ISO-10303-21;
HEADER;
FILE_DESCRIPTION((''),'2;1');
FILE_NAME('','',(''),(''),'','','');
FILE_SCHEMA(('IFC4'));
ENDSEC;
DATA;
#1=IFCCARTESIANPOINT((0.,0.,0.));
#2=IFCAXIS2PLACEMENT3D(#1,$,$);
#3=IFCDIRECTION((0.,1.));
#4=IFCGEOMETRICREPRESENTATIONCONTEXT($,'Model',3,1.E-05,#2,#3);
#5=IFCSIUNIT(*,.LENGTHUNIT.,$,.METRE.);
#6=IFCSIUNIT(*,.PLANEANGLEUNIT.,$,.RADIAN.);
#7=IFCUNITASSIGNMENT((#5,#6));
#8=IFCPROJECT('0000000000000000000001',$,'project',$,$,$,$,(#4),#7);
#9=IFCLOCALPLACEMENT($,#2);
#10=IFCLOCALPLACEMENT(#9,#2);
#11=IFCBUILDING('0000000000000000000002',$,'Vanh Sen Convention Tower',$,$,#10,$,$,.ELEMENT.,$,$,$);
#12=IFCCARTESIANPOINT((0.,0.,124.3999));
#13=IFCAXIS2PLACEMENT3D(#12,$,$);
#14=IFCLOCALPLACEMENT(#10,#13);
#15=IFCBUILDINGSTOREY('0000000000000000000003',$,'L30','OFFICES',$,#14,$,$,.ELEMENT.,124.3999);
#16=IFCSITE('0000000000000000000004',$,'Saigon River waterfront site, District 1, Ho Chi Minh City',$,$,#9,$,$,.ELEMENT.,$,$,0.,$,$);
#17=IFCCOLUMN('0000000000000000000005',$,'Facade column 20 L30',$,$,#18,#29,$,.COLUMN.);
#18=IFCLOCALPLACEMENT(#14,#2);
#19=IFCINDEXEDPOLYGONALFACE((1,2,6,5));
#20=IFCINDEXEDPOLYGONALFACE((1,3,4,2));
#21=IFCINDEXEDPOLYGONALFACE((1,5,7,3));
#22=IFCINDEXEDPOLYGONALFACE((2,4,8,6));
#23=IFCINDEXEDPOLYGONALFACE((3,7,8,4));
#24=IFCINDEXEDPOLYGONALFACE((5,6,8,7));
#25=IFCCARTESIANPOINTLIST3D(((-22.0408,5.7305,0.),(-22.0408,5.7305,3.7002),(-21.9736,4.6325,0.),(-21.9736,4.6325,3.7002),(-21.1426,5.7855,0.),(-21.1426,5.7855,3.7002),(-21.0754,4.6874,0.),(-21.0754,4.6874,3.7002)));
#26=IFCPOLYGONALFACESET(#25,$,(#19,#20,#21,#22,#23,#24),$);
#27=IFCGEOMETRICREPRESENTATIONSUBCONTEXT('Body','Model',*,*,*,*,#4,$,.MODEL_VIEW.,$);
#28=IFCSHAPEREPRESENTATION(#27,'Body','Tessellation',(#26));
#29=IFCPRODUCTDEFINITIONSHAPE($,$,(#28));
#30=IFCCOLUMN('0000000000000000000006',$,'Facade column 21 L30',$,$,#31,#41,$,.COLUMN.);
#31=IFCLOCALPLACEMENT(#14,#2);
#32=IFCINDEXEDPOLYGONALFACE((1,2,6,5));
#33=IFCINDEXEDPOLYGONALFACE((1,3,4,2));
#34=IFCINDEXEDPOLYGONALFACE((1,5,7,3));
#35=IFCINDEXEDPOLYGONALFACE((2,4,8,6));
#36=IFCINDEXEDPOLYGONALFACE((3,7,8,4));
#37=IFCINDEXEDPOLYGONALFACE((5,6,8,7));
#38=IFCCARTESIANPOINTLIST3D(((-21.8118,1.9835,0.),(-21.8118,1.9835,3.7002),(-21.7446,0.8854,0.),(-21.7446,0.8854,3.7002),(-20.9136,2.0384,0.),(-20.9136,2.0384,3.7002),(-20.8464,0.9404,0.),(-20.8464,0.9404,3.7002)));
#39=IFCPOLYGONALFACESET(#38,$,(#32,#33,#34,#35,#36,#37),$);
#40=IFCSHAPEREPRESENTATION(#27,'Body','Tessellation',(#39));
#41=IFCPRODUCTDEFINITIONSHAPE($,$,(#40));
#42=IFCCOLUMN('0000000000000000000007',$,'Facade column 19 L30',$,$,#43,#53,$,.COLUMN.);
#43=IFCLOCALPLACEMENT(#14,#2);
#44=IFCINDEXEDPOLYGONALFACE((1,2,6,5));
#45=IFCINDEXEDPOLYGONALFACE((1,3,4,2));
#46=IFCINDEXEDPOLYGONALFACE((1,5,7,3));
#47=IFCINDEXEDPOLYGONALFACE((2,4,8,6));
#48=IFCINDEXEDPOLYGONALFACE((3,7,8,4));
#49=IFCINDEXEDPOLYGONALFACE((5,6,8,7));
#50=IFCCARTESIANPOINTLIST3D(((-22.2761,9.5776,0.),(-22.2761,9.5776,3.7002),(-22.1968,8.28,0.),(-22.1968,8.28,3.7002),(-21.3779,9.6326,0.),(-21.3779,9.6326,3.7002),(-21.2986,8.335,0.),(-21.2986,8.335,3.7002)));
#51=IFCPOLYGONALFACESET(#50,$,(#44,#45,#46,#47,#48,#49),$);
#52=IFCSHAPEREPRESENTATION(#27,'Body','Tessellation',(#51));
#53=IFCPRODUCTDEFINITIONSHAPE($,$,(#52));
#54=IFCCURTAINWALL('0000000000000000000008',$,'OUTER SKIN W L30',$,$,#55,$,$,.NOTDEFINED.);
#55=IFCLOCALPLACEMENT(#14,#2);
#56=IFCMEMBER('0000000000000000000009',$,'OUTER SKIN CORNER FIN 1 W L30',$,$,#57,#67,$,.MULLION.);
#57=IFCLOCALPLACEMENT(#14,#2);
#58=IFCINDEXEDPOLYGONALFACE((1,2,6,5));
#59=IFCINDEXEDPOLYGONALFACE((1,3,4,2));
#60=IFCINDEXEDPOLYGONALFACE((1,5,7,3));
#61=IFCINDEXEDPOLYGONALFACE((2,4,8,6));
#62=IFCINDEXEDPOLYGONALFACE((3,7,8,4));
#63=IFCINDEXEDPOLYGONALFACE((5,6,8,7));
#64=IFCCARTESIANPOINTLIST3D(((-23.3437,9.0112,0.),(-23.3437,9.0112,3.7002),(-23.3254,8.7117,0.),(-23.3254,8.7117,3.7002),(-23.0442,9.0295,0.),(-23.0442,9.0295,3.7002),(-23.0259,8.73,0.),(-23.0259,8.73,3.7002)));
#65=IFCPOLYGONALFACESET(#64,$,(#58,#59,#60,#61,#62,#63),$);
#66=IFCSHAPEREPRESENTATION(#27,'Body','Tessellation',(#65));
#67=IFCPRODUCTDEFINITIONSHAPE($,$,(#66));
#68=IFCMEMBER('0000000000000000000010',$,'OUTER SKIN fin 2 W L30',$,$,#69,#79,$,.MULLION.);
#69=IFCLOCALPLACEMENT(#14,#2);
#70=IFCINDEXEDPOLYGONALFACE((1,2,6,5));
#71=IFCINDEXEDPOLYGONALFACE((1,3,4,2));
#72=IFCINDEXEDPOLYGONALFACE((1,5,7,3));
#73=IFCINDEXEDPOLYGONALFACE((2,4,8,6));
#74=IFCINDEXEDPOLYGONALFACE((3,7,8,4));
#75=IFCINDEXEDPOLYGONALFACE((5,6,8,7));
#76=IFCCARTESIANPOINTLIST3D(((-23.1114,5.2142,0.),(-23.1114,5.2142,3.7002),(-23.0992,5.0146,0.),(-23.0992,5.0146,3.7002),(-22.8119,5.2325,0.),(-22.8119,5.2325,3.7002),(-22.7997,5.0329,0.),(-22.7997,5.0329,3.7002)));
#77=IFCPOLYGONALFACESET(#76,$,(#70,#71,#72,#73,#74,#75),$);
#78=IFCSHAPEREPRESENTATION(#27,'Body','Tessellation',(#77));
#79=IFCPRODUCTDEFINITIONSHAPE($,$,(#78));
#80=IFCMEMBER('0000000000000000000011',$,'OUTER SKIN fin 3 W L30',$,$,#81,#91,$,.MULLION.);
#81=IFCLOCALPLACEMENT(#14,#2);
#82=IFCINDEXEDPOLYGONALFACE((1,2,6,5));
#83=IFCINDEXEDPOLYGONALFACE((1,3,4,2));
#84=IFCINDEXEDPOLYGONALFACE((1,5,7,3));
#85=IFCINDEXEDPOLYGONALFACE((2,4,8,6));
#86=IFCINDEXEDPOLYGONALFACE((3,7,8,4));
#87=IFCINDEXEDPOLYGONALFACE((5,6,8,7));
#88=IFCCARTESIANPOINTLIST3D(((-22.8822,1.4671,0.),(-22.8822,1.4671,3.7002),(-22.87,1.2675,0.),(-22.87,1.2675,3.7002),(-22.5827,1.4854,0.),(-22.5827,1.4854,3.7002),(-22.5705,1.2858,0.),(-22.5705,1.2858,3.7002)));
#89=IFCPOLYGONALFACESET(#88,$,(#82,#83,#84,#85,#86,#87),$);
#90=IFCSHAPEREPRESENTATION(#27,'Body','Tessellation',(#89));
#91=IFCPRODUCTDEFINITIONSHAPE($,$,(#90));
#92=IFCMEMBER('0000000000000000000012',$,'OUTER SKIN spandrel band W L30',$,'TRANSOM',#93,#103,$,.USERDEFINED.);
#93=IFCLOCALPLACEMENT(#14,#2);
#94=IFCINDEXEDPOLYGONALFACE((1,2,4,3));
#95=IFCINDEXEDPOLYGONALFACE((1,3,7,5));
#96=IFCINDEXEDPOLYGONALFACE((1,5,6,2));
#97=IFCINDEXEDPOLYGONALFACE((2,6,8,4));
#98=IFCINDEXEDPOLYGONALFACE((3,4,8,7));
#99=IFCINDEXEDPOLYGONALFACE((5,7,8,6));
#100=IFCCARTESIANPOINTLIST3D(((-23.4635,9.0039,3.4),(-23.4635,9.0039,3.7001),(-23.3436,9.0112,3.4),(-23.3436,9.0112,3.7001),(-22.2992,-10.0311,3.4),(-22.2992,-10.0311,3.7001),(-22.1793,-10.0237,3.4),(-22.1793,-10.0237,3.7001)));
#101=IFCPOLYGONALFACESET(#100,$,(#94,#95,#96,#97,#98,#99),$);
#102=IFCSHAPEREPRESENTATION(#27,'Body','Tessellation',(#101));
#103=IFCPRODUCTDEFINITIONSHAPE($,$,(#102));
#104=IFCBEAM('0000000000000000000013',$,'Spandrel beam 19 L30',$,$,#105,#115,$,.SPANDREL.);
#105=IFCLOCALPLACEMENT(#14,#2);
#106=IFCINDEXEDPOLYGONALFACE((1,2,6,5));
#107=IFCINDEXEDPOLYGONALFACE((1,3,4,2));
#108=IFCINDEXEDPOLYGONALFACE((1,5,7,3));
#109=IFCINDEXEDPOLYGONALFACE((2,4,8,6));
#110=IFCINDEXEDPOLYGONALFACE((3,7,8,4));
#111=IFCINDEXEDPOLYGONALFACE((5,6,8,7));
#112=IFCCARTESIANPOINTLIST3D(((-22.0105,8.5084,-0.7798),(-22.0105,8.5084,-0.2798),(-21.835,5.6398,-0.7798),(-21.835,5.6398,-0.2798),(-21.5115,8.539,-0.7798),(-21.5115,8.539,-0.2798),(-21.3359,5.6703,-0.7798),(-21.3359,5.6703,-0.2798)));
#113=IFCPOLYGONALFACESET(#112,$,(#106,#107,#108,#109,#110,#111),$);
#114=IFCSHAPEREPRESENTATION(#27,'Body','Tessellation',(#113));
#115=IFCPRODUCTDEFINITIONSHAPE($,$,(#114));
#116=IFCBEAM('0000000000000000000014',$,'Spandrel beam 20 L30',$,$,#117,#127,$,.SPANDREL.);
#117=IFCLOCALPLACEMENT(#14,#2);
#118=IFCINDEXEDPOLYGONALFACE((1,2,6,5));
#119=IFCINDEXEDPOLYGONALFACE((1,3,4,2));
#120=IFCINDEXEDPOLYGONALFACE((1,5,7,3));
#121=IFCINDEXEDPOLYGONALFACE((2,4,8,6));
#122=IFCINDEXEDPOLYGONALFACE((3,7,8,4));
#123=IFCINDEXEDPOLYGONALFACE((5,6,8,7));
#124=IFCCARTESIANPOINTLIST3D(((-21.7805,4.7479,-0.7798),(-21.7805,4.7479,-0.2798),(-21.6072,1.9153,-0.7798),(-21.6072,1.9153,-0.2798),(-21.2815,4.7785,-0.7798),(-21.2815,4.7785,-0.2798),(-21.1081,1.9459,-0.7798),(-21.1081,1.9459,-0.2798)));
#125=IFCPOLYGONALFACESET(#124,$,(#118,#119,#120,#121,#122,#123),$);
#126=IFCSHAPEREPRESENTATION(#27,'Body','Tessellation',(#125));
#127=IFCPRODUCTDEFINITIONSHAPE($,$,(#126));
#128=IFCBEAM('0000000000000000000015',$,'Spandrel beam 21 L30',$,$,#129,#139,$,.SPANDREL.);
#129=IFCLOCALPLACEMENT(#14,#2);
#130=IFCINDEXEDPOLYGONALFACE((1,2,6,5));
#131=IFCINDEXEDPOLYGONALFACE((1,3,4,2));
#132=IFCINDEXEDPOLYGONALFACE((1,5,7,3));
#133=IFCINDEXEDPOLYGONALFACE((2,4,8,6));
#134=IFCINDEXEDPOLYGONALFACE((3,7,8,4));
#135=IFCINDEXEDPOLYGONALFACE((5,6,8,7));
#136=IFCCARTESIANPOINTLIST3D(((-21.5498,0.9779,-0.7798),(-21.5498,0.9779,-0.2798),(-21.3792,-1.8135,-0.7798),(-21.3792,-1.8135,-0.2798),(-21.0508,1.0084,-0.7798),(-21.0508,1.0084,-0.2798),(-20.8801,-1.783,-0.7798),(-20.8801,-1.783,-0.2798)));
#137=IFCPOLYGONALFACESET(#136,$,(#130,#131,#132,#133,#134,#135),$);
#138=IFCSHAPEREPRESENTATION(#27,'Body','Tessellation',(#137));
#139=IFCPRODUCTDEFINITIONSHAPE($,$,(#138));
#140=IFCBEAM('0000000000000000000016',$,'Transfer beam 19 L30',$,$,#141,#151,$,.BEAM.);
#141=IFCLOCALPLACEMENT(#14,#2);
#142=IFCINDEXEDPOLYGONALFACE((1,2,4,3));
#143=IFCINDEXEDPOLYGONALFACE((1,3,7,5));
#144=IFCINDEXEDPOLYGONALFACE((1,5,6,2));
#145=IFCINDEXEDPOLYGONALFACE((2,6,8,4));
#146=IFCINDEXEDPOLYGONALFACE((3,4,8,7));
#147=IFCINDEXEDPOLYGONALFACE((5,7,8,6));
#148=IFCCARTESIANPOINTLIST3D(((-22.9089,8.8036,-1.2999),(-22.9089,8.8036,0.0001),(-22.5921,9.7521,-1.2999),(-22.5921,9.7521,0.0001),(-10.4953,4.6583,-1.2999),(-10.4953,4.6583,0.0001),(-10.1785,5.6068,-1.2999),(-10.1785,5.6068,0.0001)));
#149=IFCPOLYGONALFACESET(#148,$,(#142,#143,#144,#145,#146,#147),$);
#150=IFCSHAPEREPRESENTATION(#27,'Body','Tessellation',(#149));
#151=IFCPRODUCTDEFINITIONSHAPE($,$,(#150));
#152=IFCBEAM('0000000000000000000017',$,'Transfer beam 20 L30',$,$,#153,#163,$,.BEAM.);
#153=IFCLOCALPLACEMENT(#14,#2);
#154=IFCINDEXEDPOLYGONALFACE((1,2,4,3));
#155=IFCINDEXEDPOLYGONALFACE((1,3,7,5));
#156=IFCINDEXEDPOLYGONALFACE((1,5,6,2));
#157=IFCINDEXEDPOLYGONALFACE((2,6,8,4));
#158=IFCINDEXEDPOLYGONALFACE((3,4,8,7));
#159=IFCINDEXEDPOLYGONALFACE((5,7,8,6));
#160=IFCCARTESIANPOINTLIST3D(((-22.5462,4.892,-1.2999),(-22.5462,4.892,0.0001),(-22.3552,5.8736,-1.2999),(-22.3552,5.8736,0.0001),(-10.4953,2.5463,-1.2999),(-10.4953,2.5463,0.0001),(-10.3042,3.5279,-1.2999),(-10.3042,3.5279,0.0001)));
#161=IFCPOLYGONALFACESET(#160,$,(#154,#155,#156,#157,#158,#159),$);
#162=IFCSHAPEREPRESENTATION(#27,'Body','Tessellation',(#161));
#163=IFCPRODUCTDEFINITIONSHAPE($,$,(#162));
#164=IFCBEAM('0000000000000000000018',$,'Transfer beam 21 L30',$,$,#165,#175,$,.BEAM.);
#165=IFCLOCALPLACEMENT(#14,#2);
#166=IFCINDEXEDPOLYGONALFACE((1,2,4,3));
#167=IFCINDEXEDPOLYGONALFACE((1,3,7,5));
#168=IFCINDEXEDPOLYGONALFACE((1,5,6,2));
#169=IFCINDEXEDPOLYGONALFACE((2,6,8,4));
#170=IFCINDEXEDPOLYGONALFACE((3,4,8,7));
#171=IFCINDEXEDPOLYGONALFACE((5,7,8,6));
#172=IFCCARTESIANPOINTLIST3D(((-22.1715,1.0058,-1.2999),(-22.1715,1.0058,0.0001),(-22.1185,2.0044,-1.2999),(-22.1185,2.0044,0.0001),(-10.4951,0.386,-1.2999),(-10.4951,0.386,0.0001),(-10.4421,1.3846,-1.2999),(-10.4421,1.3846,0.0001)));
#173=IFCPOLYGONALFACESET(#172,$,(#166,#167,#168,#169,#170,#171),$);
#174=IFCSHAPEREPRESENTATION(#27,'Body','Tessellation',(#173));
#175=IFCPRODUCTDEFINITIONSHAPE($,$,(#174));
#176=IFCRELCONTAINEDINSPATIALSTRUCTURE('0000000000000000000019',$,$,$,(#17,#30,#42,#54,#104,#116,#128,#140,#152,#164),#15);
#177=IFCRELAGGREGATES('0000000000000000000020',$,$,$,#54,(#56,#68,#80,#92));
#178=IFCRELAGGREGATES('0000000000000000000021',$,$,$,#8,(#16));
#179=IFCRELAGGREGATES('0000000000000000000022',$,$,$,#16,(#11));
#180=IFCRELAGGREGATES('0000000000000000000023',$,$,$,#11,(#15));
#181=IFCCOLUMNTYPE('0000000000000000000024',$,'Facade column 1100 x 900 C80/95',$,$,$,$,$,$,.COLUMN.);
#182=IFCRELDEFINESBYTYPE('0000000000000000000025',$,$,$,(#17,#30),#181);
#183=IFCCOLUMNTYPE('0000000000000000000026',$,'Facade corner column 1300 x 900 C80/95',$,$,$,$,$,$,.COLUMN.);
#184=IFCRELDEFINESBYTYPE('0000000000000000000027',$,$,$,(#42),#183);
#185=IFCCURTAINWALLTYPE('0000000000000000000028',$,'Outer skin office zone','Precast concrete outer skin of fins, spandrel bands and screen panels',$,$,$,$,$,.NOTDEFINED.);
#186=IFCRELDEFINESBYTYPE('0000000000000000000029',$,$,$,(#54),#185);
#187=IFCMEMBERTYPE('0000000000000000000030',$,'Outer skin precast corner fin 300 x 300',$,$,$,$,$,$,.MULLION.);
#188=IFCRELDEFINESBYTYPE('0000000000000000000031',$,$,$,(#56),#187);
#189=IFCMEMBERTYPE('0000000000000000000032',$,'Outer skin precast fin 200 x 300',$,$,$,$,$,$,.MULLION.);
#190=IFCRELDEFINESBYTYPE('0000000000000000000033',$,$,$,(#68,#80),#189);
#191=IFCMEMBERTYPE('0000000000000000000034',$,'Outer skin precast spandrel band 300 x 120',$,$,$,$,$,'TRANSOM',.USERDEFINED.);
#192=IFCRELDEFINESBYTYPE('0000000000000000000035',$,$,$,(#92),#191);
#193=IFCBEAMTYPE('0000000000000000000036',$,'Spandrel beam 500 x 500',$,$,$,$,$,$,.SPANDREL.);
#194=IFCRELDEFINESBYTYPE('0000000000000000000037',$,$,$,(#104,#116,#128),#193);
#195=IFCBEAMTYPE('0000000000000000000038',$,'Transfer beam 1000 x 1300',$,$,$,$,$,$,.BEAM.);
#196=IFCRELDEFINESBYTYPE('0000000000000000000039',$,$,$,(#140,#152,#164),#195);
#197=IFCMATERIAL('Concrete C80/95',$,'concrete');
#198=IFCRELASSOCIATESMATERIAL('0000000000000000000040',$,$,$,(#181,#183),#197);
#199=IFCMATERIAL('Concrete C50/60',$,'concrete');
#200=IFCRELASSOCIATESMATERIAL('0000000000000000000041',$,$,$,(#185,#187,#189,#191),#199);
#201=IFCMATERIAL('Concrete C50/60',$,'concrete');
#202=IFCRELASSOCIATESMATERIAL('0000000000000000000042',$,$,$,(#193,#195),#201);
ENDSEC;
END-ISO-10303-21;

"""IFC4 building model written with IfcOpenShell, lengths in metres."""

from ifc_helpers import new_model, si_unit, direction, frame, origin, origin_2d, place, context, subcontext, project, spatial, rectangle, extrude, material, material_profile, profile_set, type_object, element, aggregate, save


model = new_model("IFC4")

# Units and contexts
model_context = context("Model", 3, precision=1e-05, world=origin(), true_north=direction((0.0, 1.0)))
body_context = subcontext(model_context, "Body", "Model", "MODEL_VIEW")
ifc_project = project(units=[si_unit("LENGTHUNIT", "METRE"), si_unit("PLANEANGLEUNIT", "RADIAN")], contexts=[model_context])

# Site, building, storey
site_placement = place(None, origin())
site = spatial("IfcSite", under=ifc_project, at=site_placement, Name="Saigon River waterfront site, District 1, Ho Chi Minh City", CompositionType="ELEMENT", RefElevation=0.0)
building_placement = place(site_placement, origin())
building = spatial("IfcBuilding", under=site, at=building_placement, Name="Vanh Sen Convention Tower", CompositionType="ELEMENT")
storey_placement = place(building_placement, frame((0.0, 0.0, 124.3999)))
storey = spatial("IfcBuildingStorey", under=building, at=storey_placement, Name="L30", Description="OFFICES", CompositionType="ELEMENT", Elevation=124.3999)

# Columns
ifc_material_1 = material(Name="Concrete C80/95", Category="concrete")
ifc_material_profile_1 = material_profile(ifc_material_1, rectangle(XDim=1.1001, YDim=0.8999, at=origin_2d()), Name="RC 1100X900")
ifc_profile_set_1 = profile_set([ifc_material_profile_1], Name="Concrete C80/95")
column_type_1 = type_object("IfcColumnType", Name="Facade column 1100 x 900 C80/95", PredefinedType="COLUMN", material=ifc_profile_set_1)
for number, where, z_axis, x_axis, name in (
    (1, (-21.5581, 5.209, 0.0), (0.0, 0.0, 1.0), (0.061049, -0.998135, 0.0), "Facade column 20 L30"),
    (2, (-21.3291, 1.4619, 0.0), (0.0, 0.0, 1.0), (0.061049, -0.998135, 0.0), "Facade column 21 L30"),
):
    element("IfcColumn", number, at=place(storey_placement, frame(where, z_axis=z_axis, x_axis=x_axis)), inside=storey, type_object=column_type_1, Name=name, PredefinedType="COLUMN", context=body_context, shape_type="SweptSolid", body=[
        extrude(rectangle(XDim=1.1001, YDim=0.8999, at=origin_2d()), origin(), (0.0, 0.0, 1.0), 3.7002),
    ])
ifc_material_profile_2 = material_profile(ifc_material_1, rectangle(XDim=1.3, YDim=0.8999, at=origin_2d()), Name="RC 1300X900")
ifc_profile_set_2 = profile_set([ifc_material_profile_2], Name="Concrete C80/95")
column_type_2 = type_object("IfcColumnType", Name="Facade corner column 1300 x 900 C80/95", PredefinedType="COLUMN", material=ifc_profile_set_2)
column_placement = place(storey_placement, frame((-21.7874, 8.9563, 0.0), z_axis=(0.0, 0.0, 1.0), x_axis=(0.061049, -0.998135, 0.0)))
element("IfcColumn", 3, at=column_placement, inside=storey, type_object=column_type_2, Name="Facade column 19 L30", PredefinedType="COLUMN", context=body_context, shape_type="SweptSolid", body=[
    extrude(rectangle(XDim=1.3, YDim=0.8999, at=origin_2d()), origin(), (0.0, 0.0, 1.0), 3.7002),
])

# Curtain wall, members
ifc_material_2 = material(Name="Concrete C50/60", Category="concrete")
curtain_wall_type = type_object("IfcCurtainWallType", Name="Outer skin office zone", Description="Precast concrete outer skin of fins, spandrel bands and screen panels", PredefinedType="NOTDEFINED", material=ifc_material_2)
curtain_wall_1_placement = place(storey_placement, origin())
curtain_wall_1 = element("IfcCurtainWall", 4, at=curtain_wall_1_placement, inside=storey, type_object=curtain_wall_type, Name="OUTER SKIN W L30", PredefinedType="NOTDEFINED")
ifc_material_profile_3 = material_profile(ifc_material_2, rectangle(XDim=0.3, YDim=0.3, at=origin_2d()), Name="Outer skin precast corner fin 300 x 300")
ifc_profile_set_3 = profile_set([ifc_material_profile_3], Name="Concrete C50/60")
member_type_1 = type_object("IfcMemberType", Name="Outer skin precast corner fin 300 x 300", PredefinedType="MULLION", material=ifc_profile_set_3)
member_1_placement = place(storey_placement, frame((-23.1848, 8.8706, 0.0), z_axis=(0.0, 0.0, 1.0), x_axis=(0.061049, -0.998135, 0.0)))
member_1 = element("IfcMember", 5, at=member_1_placement, type_object=member_type_1, Name="OUTER SKIN CORNER FIN 1 W L30", PredefinedType="MULLION", context=body_context, shape_type="SweptSolid", body=[
    extrude(rectangle(XDim=0.3, YDim=0.3, at=origin_2d()), origin(), (0.0, 0.0, 1.0), 3.7002),
])
ifc_material_profile_4 = material_profile(ifc_material_2, rectangle(XDim=0.2, YDim=0.3, at=origin_2d()), Name="Outer skin precast fin 200 x 300")
ifc_profile_set_4 = profile_set([ifc_material_profile_4], Name="Concrete C50/60")
member_type_2 = type_object("IfcMemberType", Name="Outer skin precast fin 200 x 300", PredefinedType="MULLION", material=ifc_profile_set_4)
member_2_placement = place(storey_placement, frame((-22.9556, 5.1235, 0.0), z_axis=(0.0, 0.0, 1.0), x_axis=(0.061049, -0.998135, 0.0)))
member_2 = element("IfcMember", 6, at=member_2_placement, type_object=member_type_2, Name="OUTER SKIN fin 2 W L30", PredefinedType="MULLION", context=body_context, shape_type="SweptSolid", body=[
    extrude(rectangle(XDim=0.2, YDim=0.3, at=origin_2d()), origin(), (0.0, 0.0, 1.0), 3.7002),
])
member_3_placement = place(storey_placement, frame((-22.7263, 1.3765, 0.0), z_axis=(0.0, 0.0, 1.0), x_axis=(0.061049, -0.998135, 0.0)))
member_3 = element("IfcMember", 7, at=member_3_placement, type_object=member_type_2, Name="OUTER SKIN fin 3 W L30", PredefinedType="MULLION", context=body_context, shape_type="SweptSolid", body=[
    extrude(rectangle(XDim=0.2, YDim=0.3, at=origin_2d()), origin(), (0.0, 0.0, 1.0), 3.7002),
])
ifc_material_profile_5 = material_profile(ifc_material_2, rectangle(XDim=0.1201, YDim=0.3, at=origin_2d()), Name="Outer skin precast spandrel band 300 x 120")
ifc_profile_set_5 = profile_set([ifc_material_profile_5], Name="Concrete C50/60")
member_type_3 = type_object("IfcMemberType", Name="Outer skin precast spandrel band 300 x 120", ElementType="TRANSOM", PredefinedType="USERDEFINED", material=ifc_profile_set_5)
member_4_placement = place(storey_placement, frame((-23.4036, 9.0076, 3.55), z_axis=(0.061053, -0.998135, 0.0), x_axis=(0.998135, 0.061053, 0.0)))
member_4 = element("IfcMember", 8, at=member_4_placement, type_object=member_type_3, Name="OUTER SKIN spandrel band W L30", ObjectType="TRANSOM", PredefinedType="USERDEFINED", context=body_context, shape_type="SweptSolid", body=[
    extrude(rectangle(XDim=0.1201, YDim=0.3, at=origin_2d()), origin(), (0.0, 0.0, 1.0), 19.0706),
])

# Beams
ifc_material_3 = material(Name="Concrete C50/60", Category="concrete")
ifc_material_profile_6 = material_profile(ifc_material_3, rectangle(XDim=0.5, YDim=0.5, at=origin_2d()), Name="RC 500X500")
ifc_profile_set_6 = profile_set([ifc_material_profile_6], Name="Concrete C50/60")
beam_type_1 = type_object("IfcBeamType", Name="Spandrel beam 500 x 500", PredefinedType="SPANDREL", material=ifc_profile_set_6)
beam_1_placement = place(storey_placement, frame((-21.761, 8.5237, -0.5298), z_axis=(0.061077, -0.998133, 0.0), x_axis=(0.998133, 0.061077, 0.0)))
element("IfcBeam", 9, at=beam_1_placement, inside=storey, type_object=beam_type_1, Name="Spandrel beam 19 L30", PredefinedType="SPANDREL", context=body_context, shape_type="SweptSolid", body=[
    extrude(rectangle(XDim=0.5, YDim=0.5, at=origin_2d()), origin(), (0.0, 0.0, 1.0), 2.874),
])
beam_2_placement = place(storey_placement, frame((-21.531, 4.7632, -0.5298), z_axis=(0.061082, -0.998133, 0.0), x_axis=(0.998133, 0.061082, 0.0)))
element("IfcBeam", 10, at=beam_2_placement, inside=storey, type_object=beam_type_1, Name="Spandrel beam 20 L30", PredefinedType="SPANDREL", context=body_context, shape_type="SweptSolid", body=[
    extrude(rectangle(XDim=0.5, YDim=0.5, at=origin_2d()), origin(), (0.0, 0.0, 1.0), 2.8379),
])
beam_3_placement = place(storey_placement, frame((-21.3003, 0.9932, -0.5298), z_axis=(0.06102, -0.998137, 0.0), x_axis=(0.998137, 0.06102, 0.0)))
element("IfcBeam", 11, at=beam_3_placement, inside=storey, type_object=beam_type_1, Name="Spandrel beam 21 L30", PredefinedType="SPANDREL", context=body_context, shape_type="SweptSolid", body=[
    extrude(rectangle(XDim=0.5, YDim=0.5, at=origin_2d()), origin(), (0.0, 0.0, 1.0), 2.7966),
])
ifc_material_profile_7 = material_profile(ifc_material_3, rectangle(XDim=1.0, YDim=1.3, at=origin_2d()), Name="RC 1000X1300")
ifc_profile_set_7 = profile_set([ifc_material_profile_7], Name="Concrete C50/60")
beam_type_2 = type_object("IfcBeamType", Name="Transfer beam 1000 x 1300", PredefinedType="BEAM", material=ifc_profile_set_7)
beam_4_placement = place(storey_placement, frame((-22.7505, 9.2778, -0.6499), z_axis=(0.948513, -0.316737, 0.0), x_axis=(0.316737, 0.948513, 0.0)))
element("IfcBeam", 12, at=beam_4_placement, inside=storey, type_object=beam_type_2, Name="Transfer beam 19 L30", PredefinedType="BEAM", context=body_context, shape_type="SweptSolid", body=[
    extrude(rectangle(XDim=1.0, YDim=1.3, at=origin_2d()), origin(), (0.0, 0.0, 1.0), 13.0874),
])
beam_5_placement = place(storey_placement, frame((-22.4507, 5.3828, -0.6499), z_axis=(0.981578, -0.191062, 0.0), x_axis=(0.191062, 0.981578, 0.0)))
element("IfcBeam", 13, at=beam_5_placement, inside=storey, type_object=beam_type_2, Name="Transfer beam 20 L30", PredefinedType="BEAM", context=body_context, shape_type="SweptSolid", body=[
    extrude(rectangle(XDim=1.0, YDim=1.3, at=origin_2d()), origin(), (0.0, 0.0, 1.0), 12.2771),
])
beam_6_placement = place(storey_placement, frame((-22.145, 1.5051, -0.6499), z_axis=(0.998594, -0.053013, 0.0), x_axis=(0.053013, 0.998594, 0.0)))
element("IfcBeam", 14, at=beam_6_placement, inside=storey, type_object=beam_type_2, Name="Transfer beam 21 L30", PredefinedType="BEAM", context=body_context, shape_type="SweptSolid", body=[
    extrude(rectangle(XDim=1.0, YDim=1.3, at=origin_2d()), origin(), (0.0, 0.0, 1.0), 11.6929),
])

aggregate(curtain_wall_1, [member_1, member_2, member_3, member_4])

save(model, "model.ifc")
